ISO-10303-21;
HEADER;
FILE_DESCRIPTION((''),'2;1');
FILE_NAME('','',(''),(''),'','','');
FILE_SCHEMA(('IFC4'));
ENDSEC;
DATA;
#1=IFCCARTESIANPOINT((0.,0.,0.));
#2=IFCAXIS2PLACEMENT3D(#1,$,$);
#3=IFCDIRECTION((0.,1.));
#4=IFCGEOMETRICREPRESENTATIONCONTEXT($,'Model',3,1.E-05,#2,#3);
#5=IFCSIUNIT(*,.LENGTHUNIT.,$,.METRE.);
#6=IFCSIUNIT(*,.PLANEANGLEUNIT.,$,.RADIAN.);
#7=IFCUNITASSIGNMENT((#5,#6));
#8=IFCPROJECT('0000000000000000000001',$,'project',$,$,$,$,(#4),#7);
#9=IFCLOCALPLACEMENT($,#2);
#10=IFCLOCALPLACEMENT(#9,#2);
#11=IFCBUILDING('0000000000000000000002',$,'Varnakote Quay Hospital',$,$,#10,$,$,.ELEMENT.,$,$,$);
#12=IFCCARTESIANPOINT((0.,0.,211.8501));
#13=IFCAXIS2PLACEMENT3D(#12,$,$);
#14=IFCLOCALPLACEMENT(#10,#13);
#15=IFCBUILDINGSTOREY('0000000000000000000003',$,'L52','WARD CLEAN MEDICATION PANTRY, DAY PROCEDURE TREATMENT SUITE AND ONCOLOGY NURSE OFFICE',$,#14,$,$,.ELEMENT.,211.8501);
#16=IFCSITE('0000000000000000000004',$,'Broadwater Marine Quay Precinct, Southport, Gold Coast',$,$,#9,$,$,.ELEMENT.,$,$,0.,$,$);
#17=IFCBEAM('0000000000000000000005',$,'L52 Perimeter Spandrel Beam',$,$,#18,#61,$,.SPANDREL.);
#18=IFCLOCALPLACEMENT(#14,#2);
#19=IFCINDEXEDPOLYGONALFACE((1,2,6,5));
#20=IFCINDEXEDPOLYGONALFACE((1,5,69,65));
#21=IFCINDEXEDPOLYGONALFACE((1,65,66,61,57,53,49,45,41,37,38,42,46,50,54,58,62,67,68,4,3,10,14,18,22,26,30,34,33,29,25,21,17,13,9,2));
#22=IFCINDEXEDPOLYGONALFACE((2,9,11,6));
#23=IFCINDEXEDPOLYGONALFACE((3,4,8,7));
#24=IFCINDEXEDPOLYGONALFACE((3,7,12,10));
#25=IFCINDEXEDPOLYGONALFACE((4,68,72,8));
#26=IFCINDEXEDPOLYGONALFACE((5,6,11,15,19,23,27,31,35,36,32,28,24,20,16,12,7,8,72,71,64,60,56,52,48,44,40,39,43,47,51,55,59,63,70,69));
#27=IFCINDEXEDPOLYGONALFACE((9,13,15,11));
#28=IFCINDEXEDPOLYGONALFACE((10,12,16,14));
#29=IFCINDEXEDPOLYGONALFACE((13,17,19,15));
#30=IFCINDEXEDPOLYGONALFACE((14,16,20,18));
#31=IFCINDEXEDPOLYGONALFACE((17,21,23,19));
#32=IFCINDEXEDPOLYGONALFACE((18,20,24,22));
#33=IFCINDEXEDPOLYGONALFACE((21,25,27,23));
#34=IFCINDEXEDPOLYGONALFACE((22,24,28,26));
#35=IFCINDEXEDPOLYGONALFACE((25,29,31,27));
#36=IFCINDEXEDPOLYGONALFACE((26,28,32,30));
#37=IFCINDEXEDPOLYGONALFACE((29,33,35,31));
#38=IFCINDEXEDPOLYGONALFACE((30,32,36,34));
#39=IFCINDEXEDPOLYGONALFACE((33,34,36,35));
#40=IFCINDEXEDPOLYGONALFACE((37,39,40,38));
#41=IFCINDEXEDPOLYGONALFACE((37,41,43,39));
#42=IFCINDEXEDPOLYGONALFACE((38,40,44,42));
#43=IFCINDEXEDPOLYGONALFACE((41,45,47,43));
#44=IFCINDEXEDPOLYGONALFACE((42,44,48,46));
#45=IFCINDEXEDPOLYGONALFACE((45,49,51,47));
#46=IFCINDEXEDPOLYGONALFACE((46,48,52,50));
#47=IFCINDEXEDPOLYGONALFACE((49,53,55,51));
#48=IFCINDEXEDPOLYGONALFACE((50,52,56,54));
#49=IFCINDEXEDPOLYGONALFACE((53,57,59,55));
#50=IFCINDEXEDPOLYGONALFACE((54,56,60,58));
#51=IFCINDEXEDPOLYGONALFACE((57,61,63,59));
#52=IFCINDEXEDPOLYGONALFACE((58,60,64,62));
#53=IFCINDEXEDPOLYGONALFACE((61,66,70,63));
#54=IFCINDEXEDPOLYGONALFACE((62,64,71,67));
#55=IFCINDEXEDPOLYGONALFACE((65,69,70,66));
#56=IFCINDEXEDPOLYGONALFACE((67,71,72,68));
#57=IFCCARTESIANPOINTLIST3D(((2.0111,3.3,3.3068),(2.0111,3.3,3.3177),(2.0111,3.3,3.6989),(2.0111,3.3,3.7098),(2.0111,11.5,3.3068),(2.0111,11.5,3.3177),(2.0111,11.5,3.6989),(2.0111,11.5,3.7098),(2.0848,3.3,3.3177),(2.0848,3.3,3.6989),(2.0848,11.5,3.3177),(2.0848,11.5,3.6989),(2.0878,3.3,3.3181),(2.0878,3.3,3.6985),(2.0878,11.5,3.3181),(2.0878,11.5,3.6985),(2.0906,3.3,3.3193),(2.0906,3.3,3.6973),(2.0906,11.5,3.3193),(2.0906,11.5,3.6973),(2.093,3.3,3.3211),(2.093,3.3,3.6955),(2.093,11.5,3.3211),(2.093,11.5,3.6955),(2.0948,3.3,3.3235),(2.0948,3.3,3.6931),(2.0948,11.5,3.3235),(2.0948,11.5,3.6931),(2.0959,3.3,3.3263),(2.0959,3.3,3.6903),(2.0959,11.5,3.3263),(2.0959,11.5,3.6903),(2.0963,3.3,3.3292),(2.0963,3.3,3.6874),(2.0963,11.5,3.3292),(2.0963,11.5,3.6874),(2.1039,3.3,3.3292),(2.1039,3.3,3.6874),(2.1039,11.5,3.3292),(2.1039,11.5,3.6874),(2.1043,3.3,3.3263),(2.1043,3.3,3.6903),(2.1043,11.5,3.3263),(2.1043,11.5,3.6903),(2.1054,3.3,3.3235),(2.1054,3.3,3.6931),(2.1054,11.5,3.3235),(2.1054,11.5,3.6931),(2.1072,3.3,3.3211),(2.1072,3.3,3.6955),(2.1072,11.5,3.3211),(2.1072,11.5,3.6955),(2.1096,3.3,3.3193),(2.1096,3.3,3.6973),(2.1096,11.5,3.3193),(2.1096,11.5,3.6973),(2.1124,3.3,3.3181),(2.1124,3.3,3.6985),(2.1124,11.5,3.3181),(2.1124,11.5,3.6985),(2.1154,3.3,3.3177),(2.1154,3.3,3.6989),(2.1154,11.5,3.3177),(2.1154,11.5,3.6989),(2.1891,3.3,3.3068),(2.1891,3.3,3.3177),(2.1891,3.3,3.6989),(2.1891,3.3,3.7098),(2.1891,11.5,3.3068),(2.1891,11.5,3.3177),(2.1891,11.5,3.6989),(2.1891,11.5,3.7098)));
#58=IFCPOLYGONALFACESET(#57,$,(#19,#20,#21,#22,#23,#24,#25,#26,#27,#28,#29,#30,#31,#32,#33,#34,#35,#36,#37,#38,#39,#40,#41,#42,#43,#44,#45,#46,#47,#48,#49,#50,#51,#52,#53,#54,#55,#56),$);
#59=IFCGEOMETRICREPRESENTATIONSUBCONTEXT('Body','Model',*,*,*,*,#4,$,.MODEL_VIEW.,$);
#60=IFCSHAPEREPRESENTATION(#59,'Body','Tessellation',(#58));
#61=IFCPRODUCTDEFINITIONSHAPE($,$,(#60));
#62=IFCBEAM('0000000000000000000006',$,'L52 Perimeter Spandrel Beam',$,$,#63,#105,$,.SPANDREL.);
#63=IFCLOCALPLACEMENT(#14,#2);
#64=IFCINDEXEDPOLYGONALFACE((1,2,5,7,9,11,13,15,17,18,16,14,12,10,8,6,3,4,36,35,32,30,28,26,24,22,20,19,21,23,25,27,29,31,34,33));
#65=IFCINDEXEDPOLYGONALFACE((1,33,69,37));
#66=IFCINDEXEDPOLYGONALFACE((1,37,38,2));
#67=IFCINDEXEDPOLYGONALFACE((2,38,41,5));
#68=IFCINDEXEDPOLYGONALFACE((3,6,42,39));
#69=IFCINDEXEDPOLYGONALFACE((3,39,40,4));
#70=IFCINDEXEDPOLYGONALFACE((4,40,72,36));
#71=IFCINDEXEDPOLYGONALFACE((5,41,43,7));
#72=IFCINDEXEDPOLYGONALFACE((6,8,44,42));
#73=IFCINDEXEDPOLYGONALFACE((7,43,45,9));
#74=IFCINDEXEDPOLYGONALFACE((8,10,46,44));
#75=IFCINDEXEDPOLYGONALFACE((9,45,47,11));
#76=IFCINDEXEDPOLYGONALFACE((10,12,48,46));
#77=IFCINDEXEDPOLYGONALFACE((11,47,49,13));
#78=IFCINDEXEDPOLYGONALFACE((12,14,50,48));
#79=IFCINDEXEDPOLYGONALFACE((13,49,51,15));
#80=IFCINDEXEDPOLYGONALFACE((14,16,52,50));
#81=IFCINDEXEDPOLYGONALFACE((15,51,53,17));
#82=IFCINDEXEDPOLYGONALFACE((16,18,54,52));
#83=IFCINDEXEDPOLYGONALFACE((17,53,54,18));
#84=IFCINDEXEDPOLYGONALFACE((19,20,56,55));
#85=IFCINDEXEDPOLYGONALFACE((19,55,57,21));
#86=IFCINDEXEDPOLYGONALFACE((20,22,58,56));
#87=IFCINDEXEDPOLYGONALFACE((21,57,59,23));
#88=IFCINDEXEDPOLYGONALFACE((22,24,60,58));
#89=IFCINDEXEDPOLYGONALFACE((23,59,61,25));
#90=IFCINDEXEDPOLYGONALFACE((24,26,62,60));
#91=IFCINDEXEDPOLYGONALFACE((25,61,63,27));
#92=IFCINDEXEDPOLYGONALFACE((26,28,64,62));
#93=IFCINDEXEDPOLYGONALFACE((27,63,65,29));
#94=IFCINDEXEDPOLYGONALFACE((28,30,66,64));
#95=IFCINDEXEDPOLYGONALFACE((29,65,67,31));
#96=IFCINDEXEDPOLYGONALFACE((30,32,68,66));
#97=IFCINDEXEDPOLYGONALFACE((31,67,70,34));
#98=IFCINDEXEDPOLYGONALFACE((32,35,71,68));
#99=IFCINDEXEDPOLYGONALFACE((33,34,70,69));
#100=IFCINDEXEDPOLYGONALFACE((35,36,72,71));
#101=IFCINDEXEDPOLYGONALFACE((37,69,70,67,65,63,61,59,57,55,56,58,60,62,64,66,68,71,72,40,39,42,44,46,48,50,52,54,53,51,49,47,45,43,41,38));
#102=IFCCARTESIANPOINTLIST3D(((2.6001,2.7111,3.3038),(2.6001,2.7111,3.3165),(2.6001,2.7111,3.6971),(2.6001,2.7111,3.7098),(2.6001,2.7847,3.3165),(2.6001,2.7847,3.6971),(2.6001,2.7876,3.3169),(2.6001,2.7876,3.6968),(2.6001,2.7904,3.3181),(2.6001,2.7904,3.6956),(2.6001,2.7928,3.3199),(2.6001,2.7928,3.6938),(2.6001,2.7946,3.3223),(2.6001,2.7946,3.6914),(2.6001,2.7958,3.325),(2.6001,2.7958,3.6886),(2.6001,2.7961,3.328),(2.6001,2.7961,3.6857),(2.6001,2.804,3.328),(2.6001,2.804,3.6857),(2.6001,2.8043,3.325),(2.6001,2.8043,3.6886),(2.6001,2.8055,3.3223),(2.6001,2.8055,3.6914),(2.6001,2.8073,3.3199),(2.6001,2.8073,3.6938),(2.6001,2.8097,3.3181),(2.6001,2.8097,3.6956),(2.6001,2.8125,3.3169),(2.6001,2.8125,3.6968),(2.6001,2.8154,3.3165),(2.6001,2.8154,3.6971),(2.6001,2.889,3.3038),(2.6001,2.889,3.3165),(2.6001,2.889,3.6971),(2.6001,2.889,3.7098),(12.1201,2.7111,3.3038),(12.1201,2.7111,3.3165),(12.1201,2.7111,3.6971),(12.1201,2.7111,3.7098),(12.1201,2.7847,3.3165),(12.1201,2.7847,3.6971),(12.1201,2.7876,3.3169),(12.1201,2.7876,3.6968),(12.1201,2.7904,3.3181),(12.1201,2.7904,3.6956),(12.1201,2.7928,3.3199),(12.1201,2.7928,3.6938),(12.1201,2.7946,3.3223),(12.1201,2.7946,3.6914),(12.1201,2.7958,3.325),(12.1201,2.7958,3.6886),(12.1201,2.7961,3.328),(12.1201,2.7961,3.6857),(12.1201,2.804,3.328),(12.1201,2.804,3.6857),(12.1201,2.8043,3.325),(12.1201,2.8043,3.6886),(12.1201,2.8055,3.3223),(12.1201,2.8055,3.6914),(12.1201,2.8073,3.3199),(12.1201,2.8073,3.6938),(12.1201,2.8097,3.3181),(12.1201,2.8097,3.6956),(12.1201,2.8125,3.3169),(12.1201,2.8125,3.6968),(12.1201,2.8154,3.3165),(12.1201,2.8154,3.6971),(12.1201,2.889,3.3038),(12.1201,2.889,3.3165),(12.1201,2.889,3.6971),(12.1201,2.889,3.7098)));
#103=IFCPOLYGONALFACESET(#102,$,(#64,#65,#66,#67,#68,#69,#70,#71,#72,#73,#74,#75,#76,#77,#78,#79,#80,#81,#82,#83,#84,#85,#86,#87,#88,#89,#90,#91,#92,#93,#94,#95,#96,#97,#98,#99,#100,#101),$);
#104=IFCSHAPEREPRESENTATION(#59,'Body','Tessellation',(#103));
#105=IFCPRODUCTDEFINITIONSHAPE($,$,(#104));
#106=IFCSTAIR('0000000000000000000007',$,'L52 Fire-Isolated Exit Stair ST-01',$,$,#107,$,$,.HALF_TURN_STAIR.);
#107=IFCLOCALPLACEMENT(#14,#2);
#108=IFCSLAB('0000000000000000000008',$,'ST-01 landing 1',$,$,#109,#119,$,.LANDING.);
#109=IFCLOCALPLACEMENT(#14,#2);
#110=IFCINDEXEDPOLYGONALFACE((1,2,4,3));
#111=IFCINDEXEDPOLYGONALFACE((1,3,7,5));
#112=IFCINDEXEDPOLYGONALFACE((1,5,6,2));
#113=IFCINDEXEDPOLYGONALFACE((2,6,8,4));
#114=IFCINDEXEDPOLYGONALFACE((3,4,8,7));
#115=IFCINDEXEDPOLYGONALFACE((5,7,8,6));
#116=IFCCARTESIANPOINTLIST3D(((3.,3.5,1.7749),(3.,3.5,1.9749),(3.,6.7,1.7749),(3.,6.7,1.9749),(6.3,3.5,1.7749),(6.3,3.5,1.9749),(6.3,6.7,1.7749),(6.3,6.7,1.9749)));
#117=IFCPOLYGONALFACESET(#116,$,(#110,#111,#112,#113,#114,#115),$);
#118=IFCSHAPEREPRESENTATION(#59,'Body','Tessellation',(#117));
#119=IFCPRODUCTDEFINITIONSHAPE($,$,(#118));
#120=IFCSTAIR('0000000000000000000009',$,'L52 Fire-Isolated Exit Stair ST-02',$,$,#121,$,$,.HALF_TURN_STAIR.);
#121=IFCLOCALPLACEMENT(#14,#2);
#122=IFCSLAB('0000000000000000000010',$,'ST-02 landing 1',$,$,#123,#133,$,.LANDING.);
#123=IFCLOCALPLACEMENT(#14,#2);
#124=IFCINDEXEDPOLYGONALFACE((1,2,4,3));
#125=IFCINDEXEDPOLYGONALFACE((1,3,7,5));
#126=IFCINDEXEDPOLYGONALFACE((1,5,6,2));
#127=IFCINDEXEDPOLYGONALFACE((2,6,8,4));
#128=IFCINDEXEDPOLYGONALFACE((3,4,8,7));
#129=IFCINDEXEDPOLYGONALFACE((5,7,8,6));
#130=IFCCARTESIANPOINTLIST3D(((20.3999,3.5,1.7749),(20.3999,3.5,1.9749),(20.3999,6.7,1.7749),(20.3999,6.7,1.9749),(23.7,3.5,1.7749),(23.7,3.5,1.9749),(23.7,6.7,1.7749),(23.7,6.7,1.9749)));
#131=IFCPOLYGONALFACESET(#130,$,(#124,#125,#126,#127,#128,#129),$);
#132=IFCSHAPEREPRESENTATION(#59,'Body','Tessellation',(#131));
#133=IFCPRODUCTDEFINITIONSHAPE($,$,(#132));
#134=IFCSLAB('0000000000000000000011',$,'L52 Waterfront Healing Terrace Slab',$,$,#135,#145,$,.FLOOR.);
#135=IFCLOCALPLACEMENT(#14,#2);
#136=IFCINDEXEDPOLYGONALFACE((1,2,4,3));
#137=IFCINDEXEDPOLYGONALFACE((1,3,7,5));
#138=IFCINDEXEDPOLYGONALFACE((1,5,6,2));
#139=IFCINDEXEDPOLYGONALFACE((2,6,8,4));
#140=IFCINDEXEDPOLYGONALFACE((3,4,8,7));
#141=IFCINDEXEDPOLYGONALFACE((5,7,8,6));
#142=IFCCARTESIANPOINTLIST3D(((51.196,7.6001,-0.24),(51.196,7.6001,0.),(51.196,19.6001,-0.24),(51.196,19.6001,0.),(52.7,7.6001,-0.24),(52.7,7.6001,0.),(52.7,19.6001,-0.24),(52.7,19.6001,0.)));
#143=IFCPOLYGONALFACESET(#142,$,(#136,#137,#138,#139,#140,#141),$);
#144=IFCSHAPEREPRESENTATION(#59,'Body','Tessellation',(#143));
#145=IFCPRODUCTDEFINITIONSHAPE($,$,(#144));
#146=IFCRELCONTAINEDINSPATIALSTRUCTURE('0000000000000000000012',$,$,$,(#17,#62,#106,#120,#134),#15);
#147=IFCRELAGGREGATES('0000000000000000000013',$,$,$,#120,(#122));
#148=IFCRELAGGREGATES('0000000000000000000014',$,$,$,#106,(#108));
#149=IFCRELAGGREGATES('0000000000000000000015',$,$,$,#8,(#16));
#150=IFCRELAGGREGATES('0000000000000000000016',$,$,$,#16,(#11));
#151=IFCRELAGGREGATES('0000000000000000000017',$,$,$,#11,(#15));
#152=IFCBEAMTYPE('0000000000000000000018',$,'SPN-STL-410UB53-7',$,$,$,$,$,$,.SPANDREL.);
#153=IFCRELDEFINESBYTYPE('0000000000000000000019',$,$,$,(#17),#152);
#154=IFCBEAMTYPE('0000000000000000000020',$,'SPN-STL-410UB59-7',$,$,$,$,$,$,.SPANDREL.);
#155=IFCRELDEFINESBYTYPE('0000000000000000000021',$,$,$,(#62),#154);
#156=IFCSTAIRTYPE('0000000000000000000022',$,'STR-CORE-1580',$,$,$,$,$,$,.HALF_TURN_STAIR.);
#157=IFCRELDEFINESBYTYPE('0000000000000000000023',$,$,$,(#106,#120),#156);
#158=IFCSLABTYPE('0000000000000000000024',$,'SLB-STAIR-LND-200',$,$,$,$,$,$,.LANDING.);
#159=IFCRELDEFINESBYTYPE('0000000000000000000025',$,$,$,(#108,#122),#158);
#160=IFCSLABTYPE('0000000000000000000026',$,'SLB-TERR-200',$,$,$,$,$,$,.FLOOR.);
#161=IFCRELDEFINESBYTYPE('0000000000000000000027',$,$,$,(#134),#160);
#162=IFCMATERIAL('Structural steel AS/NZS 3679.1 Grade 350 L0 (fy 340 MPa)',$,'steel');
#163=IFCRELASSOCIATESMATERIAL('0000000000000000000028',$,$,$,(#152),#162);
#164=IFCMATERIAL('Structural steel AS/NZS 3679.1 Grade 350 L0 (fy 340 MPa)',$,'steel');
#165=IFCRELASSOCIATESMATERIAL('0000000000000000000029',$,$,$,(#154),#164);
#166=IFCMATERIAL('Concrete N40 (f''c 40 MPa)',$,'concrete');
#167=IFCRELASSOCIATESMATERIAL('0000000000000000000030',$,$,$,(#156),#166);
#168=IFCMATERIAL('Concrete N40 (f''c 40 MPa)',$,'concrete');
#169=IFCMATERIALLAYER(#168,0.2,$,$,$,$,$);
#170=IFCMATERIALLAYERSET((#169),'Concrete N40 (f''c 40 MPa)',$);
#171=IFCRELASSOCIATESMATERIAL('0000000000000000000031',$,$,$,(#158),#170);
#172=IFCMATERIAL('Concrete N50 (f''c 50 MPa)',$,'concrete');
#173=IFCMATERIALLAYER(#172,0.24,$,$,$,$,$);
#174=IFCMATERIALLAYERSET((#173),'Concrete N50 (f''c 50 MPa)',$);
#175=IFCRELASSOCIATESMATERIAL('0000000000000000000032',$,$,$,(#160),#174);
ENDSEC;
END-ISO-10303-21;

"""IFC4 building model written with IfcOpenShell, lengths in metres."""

from ifc_helpers import new_model, si_unit, direction, frame, origin, origin_2d, place, context, subcontext, project, spatial, polyline, i_section, outline, extrude, material, layer, layer_set, material_profile, profile_set, type_object, element, aggregate, save


model = new_model("IFC4")

# Units and contexts
model_context = context("Model", 3, precision=1e-05, world=origin(), true_north=direction((0.0, 1.0)))
body_context = subcontext(model_context, "Body", "Model", "MODEL_VIEW")
ifc_project = project(units=[si_unit("LENGTHUNIT", "METRE"), si_unit("PLANEANGLEUNIT", "RADIAN")], contexts=[model_context])

# Site, building, storey
site_placement = place(None, origin())
site = spatial("IfcSite", under=ifc_project, at=site_placement, Name="Broadwater Marine Quay Precinct, Southport, Gold Coast", CompositionType="ELEMENT", RefElevation=0.0)
building_placement = place(site_placement, origin())
building = spatial("IfcBuilding", under=site, at=building_placement, Name="Varnakote Quay Hospital", CompositionType="ELEMENT")
storey_placement = place(building_placement, frame((0.0, 0.0, 211.8501)))
storey = spatial("IfcBuildingStorey", under=building, at=storey_placement, Name="L52", Description="WARD CLEAN MEDICATION PANTRY, DAY PROCEDURE TREATMENT SUITE AND ONCOLOGY NURSE OFFICE", CompositionType="ELEMENT", Elevation=211.8501)

# Beams
ifc_material_1 = material(Name="Structural steel AS/NZS 3679.1 Grade 350 L0 (fy 340 MPa)", Category="steel")
ifc_material_profile_1 = material_profile(ifc_material_1, i_section(OverallWidth=0.178, OverallDepth=0.4031, WebThickness=0.0076, FlangeThickness=0.011, FilletRadius=0.0115, at=origin_2d()), Name="410UB53.7")
ifc_profile_set_1 = profile_set([ifc_material_profile_1], Name="Structural steel AS/NZS 3679.1 Grade 350 L0 (fy 340 MPa)")
beam_type_1 = type_object("IfcBeamType", Name="SPN-STL-410UB53-7", PredefinedType="SPANDREL", material=ifc_profile_set_1)
beam_1_placement = place(storey_placement, frame((2.1001, 3.3, 3.5083), z_axis=(0.0, 1.0, 0.0), x_axis=(-1.0, 0.0, 0.0)))
element("IfcBeam", 1, at=beam_1_placement, inside=storey, type_object=beam_type_1, Name="L52 Perimeter Spandrel Beam", PredefinedType="SPANDREL", context=body_context, shape_type="SweptSolid", body=[
    extrude(i_section(OverallWidth=0.178, OverallDepth=0.4031, WebThickness=0.0076, FlangeThickness=0.011, FilletRadius=0.0115, at=origin_2d()), origin(), (0.0, 0.0, 1.0), 8.2),
])
ifc_material_2 = material(Name="Structural steel AS/NZS 3679.1 Grade 350 L0 (fy 340 MPa)", Category="steel")
ifc_material_profile_2 = material_profile(ifc_material_2, i_section(OverallWidth=0.178, OverallDepth=0.406, WebThickness=0.0078, FlangeThickness=0.0127, FilletRadius=0.0115, at=origin_2d()), Name="410UB59.7")
ifc_profile_set_2 = profile_set([ifc_material_profile_2], Name="Structural steel AS/NZS 3679.1 Grade 350 L0 (fy 340 MPa)")
beam_type_2 = type_object("IfcBeamType", Name="SPN-STL-410UB59-7", PredefinedType="SPANDREL", material=ifc_profile_set_2)
beam_2_placement = place(storey_placement, frame((2.6001, 2.8, 3.5068), z_axis=(1.0, 0.0, 0.0), x_axis=(0.0, 1.0, 0.0)))
element("IfcBeam", 2, at=beam_2_placement, inside=storey, type_object=beam_type_2, Name="L52 Perimeter Spandrel Beam", PredefinedType="SPANDREL", context=body_context, shape_type="SweptSolid", body=[
    extrude(i_section(OverallWidth=0.178, OverallDepth=0.406, WebThickness=0.0078, FlangeThickness=0.0127, FilletRadius=0.0115, at=origin_2d()), origin(), (0.0, 0.0, 1.0), 9.52),
])

# Stairs, slabs
ifc_material_3 = material(Name="Concrete N40 (f'c 40 MPa)", Category="concrete")
stair_type = type_object("IfcStairType", Name="STR-CORE-1580", PredefinedType="HALF_TURN_STAIR", material=ifc_material_3)
stair_1_placement = place(storey_placement, origin())
stair_1 = element("IfcStair", 3, at=stair_1_placement, inside=storey, type_object=stair_type, Name="L52 Fire-Isolated Exit Stair ST-01", PredefinedType="HALF_TURN_STAIR")
ifc_material_4 = material(Name="Concrete N40 (f'c 40 MPa)", Category="concrete")
ifc_layer_1 = layer(ifc_material_4, 0.2)
ifc_layer_set_1 = layer_set([ifc_layer_1], Name="Concrete N40 (f'c 40 MPa)")
slab_type_1 = type_object("IfcSlabType", Name="SLB-STAIR-LND-200", PredefinedType="LANDING", material=ifc_layer_set_1)
slab_1_placement = place(storey_placement, frame((0.0, 0.0, 1.7749)))
slab_1 = element("IfcSlab", 4, at=slab_1_placement, type_object=slab_type_1, Name="ST-01 landing 1", PredefinedType="LANDING", context=body_context, shape_type="SweptSolid", body=[
    extrude(outline(polyline([(3.0, 6.7), (3.0, 3.5), (6.3, 3.5), (6.3, 6.7), (3.0, 6.7)])), origin(), (0.0, 0.0, 1.0), 0.2),
])
stair_2_placement = place(storey_placement, origin())
stair_2 = element("IfcStair", 5, at=stair_2_placement, inside=storey, type_object=stair_type, Name="L52 Fire-Isolated Exit Stair ST-02", PredefinedType="HALF_TURN_STAIR")
slab_2_placement = place(storey_placement, frame((0.0, 0.0, 1.7749)))
slab_2 = element("IfcSlab", 6, at=slab_2_placement, type_object=slab_type_1, Name="ST-02 landing 1", PredefinedType="LANDING", context=body_context, shape_type="SweptSolid", body=[
    extrude(outline(polyline([(20.3999, 6.7), (20.3999, 3.5), (23.7, 3.5), (23.7, 6.7), (20.3999, 6.7)])), origin(), (0.0, 0.0, 1.0), 0.2),
])
aggregate(stair_2, [slab_2])

# Slab
ifc_material_5 = material(Name="Concrete N50 (f'c 50 MPa)", Category="concrete")
ifc_layer_2 = layer(ifc_material_5, 0.24)
ifc_layer_set_2 = layer_set([ifc_layer_2], Name="Concrete N50 (f'c 50 MPa)")
slab_type_2 = type_object("IfcSlabType", Name="SLB-TERR-200", PredefinedType="FLOOR", material=ifc_layer_set_2)
slab_3_placement = place(storey_placement, frame((0.0, 0.0, -0.24)))
element("IfcSlab", 7, at=slab_3_placement, inside=storey, type_object=slab_type_2, Name="L52 Waterfront Healing Terrace Slab", PredefinedType="FLOOR", context=body_context, shape_type="SweptSolid", body=[
    extrude(outline(polyline([(51.196, 19.6001), (51.196, 7.6001), (52.7, 7.6001), (52.7, 19.6001), (51.196, 19.6001)])), origin(), (0.0, 0.0, 1.0), 0.24),
])

aggregate(stair_1, [slab_1])

save(model, "model.ifc")
